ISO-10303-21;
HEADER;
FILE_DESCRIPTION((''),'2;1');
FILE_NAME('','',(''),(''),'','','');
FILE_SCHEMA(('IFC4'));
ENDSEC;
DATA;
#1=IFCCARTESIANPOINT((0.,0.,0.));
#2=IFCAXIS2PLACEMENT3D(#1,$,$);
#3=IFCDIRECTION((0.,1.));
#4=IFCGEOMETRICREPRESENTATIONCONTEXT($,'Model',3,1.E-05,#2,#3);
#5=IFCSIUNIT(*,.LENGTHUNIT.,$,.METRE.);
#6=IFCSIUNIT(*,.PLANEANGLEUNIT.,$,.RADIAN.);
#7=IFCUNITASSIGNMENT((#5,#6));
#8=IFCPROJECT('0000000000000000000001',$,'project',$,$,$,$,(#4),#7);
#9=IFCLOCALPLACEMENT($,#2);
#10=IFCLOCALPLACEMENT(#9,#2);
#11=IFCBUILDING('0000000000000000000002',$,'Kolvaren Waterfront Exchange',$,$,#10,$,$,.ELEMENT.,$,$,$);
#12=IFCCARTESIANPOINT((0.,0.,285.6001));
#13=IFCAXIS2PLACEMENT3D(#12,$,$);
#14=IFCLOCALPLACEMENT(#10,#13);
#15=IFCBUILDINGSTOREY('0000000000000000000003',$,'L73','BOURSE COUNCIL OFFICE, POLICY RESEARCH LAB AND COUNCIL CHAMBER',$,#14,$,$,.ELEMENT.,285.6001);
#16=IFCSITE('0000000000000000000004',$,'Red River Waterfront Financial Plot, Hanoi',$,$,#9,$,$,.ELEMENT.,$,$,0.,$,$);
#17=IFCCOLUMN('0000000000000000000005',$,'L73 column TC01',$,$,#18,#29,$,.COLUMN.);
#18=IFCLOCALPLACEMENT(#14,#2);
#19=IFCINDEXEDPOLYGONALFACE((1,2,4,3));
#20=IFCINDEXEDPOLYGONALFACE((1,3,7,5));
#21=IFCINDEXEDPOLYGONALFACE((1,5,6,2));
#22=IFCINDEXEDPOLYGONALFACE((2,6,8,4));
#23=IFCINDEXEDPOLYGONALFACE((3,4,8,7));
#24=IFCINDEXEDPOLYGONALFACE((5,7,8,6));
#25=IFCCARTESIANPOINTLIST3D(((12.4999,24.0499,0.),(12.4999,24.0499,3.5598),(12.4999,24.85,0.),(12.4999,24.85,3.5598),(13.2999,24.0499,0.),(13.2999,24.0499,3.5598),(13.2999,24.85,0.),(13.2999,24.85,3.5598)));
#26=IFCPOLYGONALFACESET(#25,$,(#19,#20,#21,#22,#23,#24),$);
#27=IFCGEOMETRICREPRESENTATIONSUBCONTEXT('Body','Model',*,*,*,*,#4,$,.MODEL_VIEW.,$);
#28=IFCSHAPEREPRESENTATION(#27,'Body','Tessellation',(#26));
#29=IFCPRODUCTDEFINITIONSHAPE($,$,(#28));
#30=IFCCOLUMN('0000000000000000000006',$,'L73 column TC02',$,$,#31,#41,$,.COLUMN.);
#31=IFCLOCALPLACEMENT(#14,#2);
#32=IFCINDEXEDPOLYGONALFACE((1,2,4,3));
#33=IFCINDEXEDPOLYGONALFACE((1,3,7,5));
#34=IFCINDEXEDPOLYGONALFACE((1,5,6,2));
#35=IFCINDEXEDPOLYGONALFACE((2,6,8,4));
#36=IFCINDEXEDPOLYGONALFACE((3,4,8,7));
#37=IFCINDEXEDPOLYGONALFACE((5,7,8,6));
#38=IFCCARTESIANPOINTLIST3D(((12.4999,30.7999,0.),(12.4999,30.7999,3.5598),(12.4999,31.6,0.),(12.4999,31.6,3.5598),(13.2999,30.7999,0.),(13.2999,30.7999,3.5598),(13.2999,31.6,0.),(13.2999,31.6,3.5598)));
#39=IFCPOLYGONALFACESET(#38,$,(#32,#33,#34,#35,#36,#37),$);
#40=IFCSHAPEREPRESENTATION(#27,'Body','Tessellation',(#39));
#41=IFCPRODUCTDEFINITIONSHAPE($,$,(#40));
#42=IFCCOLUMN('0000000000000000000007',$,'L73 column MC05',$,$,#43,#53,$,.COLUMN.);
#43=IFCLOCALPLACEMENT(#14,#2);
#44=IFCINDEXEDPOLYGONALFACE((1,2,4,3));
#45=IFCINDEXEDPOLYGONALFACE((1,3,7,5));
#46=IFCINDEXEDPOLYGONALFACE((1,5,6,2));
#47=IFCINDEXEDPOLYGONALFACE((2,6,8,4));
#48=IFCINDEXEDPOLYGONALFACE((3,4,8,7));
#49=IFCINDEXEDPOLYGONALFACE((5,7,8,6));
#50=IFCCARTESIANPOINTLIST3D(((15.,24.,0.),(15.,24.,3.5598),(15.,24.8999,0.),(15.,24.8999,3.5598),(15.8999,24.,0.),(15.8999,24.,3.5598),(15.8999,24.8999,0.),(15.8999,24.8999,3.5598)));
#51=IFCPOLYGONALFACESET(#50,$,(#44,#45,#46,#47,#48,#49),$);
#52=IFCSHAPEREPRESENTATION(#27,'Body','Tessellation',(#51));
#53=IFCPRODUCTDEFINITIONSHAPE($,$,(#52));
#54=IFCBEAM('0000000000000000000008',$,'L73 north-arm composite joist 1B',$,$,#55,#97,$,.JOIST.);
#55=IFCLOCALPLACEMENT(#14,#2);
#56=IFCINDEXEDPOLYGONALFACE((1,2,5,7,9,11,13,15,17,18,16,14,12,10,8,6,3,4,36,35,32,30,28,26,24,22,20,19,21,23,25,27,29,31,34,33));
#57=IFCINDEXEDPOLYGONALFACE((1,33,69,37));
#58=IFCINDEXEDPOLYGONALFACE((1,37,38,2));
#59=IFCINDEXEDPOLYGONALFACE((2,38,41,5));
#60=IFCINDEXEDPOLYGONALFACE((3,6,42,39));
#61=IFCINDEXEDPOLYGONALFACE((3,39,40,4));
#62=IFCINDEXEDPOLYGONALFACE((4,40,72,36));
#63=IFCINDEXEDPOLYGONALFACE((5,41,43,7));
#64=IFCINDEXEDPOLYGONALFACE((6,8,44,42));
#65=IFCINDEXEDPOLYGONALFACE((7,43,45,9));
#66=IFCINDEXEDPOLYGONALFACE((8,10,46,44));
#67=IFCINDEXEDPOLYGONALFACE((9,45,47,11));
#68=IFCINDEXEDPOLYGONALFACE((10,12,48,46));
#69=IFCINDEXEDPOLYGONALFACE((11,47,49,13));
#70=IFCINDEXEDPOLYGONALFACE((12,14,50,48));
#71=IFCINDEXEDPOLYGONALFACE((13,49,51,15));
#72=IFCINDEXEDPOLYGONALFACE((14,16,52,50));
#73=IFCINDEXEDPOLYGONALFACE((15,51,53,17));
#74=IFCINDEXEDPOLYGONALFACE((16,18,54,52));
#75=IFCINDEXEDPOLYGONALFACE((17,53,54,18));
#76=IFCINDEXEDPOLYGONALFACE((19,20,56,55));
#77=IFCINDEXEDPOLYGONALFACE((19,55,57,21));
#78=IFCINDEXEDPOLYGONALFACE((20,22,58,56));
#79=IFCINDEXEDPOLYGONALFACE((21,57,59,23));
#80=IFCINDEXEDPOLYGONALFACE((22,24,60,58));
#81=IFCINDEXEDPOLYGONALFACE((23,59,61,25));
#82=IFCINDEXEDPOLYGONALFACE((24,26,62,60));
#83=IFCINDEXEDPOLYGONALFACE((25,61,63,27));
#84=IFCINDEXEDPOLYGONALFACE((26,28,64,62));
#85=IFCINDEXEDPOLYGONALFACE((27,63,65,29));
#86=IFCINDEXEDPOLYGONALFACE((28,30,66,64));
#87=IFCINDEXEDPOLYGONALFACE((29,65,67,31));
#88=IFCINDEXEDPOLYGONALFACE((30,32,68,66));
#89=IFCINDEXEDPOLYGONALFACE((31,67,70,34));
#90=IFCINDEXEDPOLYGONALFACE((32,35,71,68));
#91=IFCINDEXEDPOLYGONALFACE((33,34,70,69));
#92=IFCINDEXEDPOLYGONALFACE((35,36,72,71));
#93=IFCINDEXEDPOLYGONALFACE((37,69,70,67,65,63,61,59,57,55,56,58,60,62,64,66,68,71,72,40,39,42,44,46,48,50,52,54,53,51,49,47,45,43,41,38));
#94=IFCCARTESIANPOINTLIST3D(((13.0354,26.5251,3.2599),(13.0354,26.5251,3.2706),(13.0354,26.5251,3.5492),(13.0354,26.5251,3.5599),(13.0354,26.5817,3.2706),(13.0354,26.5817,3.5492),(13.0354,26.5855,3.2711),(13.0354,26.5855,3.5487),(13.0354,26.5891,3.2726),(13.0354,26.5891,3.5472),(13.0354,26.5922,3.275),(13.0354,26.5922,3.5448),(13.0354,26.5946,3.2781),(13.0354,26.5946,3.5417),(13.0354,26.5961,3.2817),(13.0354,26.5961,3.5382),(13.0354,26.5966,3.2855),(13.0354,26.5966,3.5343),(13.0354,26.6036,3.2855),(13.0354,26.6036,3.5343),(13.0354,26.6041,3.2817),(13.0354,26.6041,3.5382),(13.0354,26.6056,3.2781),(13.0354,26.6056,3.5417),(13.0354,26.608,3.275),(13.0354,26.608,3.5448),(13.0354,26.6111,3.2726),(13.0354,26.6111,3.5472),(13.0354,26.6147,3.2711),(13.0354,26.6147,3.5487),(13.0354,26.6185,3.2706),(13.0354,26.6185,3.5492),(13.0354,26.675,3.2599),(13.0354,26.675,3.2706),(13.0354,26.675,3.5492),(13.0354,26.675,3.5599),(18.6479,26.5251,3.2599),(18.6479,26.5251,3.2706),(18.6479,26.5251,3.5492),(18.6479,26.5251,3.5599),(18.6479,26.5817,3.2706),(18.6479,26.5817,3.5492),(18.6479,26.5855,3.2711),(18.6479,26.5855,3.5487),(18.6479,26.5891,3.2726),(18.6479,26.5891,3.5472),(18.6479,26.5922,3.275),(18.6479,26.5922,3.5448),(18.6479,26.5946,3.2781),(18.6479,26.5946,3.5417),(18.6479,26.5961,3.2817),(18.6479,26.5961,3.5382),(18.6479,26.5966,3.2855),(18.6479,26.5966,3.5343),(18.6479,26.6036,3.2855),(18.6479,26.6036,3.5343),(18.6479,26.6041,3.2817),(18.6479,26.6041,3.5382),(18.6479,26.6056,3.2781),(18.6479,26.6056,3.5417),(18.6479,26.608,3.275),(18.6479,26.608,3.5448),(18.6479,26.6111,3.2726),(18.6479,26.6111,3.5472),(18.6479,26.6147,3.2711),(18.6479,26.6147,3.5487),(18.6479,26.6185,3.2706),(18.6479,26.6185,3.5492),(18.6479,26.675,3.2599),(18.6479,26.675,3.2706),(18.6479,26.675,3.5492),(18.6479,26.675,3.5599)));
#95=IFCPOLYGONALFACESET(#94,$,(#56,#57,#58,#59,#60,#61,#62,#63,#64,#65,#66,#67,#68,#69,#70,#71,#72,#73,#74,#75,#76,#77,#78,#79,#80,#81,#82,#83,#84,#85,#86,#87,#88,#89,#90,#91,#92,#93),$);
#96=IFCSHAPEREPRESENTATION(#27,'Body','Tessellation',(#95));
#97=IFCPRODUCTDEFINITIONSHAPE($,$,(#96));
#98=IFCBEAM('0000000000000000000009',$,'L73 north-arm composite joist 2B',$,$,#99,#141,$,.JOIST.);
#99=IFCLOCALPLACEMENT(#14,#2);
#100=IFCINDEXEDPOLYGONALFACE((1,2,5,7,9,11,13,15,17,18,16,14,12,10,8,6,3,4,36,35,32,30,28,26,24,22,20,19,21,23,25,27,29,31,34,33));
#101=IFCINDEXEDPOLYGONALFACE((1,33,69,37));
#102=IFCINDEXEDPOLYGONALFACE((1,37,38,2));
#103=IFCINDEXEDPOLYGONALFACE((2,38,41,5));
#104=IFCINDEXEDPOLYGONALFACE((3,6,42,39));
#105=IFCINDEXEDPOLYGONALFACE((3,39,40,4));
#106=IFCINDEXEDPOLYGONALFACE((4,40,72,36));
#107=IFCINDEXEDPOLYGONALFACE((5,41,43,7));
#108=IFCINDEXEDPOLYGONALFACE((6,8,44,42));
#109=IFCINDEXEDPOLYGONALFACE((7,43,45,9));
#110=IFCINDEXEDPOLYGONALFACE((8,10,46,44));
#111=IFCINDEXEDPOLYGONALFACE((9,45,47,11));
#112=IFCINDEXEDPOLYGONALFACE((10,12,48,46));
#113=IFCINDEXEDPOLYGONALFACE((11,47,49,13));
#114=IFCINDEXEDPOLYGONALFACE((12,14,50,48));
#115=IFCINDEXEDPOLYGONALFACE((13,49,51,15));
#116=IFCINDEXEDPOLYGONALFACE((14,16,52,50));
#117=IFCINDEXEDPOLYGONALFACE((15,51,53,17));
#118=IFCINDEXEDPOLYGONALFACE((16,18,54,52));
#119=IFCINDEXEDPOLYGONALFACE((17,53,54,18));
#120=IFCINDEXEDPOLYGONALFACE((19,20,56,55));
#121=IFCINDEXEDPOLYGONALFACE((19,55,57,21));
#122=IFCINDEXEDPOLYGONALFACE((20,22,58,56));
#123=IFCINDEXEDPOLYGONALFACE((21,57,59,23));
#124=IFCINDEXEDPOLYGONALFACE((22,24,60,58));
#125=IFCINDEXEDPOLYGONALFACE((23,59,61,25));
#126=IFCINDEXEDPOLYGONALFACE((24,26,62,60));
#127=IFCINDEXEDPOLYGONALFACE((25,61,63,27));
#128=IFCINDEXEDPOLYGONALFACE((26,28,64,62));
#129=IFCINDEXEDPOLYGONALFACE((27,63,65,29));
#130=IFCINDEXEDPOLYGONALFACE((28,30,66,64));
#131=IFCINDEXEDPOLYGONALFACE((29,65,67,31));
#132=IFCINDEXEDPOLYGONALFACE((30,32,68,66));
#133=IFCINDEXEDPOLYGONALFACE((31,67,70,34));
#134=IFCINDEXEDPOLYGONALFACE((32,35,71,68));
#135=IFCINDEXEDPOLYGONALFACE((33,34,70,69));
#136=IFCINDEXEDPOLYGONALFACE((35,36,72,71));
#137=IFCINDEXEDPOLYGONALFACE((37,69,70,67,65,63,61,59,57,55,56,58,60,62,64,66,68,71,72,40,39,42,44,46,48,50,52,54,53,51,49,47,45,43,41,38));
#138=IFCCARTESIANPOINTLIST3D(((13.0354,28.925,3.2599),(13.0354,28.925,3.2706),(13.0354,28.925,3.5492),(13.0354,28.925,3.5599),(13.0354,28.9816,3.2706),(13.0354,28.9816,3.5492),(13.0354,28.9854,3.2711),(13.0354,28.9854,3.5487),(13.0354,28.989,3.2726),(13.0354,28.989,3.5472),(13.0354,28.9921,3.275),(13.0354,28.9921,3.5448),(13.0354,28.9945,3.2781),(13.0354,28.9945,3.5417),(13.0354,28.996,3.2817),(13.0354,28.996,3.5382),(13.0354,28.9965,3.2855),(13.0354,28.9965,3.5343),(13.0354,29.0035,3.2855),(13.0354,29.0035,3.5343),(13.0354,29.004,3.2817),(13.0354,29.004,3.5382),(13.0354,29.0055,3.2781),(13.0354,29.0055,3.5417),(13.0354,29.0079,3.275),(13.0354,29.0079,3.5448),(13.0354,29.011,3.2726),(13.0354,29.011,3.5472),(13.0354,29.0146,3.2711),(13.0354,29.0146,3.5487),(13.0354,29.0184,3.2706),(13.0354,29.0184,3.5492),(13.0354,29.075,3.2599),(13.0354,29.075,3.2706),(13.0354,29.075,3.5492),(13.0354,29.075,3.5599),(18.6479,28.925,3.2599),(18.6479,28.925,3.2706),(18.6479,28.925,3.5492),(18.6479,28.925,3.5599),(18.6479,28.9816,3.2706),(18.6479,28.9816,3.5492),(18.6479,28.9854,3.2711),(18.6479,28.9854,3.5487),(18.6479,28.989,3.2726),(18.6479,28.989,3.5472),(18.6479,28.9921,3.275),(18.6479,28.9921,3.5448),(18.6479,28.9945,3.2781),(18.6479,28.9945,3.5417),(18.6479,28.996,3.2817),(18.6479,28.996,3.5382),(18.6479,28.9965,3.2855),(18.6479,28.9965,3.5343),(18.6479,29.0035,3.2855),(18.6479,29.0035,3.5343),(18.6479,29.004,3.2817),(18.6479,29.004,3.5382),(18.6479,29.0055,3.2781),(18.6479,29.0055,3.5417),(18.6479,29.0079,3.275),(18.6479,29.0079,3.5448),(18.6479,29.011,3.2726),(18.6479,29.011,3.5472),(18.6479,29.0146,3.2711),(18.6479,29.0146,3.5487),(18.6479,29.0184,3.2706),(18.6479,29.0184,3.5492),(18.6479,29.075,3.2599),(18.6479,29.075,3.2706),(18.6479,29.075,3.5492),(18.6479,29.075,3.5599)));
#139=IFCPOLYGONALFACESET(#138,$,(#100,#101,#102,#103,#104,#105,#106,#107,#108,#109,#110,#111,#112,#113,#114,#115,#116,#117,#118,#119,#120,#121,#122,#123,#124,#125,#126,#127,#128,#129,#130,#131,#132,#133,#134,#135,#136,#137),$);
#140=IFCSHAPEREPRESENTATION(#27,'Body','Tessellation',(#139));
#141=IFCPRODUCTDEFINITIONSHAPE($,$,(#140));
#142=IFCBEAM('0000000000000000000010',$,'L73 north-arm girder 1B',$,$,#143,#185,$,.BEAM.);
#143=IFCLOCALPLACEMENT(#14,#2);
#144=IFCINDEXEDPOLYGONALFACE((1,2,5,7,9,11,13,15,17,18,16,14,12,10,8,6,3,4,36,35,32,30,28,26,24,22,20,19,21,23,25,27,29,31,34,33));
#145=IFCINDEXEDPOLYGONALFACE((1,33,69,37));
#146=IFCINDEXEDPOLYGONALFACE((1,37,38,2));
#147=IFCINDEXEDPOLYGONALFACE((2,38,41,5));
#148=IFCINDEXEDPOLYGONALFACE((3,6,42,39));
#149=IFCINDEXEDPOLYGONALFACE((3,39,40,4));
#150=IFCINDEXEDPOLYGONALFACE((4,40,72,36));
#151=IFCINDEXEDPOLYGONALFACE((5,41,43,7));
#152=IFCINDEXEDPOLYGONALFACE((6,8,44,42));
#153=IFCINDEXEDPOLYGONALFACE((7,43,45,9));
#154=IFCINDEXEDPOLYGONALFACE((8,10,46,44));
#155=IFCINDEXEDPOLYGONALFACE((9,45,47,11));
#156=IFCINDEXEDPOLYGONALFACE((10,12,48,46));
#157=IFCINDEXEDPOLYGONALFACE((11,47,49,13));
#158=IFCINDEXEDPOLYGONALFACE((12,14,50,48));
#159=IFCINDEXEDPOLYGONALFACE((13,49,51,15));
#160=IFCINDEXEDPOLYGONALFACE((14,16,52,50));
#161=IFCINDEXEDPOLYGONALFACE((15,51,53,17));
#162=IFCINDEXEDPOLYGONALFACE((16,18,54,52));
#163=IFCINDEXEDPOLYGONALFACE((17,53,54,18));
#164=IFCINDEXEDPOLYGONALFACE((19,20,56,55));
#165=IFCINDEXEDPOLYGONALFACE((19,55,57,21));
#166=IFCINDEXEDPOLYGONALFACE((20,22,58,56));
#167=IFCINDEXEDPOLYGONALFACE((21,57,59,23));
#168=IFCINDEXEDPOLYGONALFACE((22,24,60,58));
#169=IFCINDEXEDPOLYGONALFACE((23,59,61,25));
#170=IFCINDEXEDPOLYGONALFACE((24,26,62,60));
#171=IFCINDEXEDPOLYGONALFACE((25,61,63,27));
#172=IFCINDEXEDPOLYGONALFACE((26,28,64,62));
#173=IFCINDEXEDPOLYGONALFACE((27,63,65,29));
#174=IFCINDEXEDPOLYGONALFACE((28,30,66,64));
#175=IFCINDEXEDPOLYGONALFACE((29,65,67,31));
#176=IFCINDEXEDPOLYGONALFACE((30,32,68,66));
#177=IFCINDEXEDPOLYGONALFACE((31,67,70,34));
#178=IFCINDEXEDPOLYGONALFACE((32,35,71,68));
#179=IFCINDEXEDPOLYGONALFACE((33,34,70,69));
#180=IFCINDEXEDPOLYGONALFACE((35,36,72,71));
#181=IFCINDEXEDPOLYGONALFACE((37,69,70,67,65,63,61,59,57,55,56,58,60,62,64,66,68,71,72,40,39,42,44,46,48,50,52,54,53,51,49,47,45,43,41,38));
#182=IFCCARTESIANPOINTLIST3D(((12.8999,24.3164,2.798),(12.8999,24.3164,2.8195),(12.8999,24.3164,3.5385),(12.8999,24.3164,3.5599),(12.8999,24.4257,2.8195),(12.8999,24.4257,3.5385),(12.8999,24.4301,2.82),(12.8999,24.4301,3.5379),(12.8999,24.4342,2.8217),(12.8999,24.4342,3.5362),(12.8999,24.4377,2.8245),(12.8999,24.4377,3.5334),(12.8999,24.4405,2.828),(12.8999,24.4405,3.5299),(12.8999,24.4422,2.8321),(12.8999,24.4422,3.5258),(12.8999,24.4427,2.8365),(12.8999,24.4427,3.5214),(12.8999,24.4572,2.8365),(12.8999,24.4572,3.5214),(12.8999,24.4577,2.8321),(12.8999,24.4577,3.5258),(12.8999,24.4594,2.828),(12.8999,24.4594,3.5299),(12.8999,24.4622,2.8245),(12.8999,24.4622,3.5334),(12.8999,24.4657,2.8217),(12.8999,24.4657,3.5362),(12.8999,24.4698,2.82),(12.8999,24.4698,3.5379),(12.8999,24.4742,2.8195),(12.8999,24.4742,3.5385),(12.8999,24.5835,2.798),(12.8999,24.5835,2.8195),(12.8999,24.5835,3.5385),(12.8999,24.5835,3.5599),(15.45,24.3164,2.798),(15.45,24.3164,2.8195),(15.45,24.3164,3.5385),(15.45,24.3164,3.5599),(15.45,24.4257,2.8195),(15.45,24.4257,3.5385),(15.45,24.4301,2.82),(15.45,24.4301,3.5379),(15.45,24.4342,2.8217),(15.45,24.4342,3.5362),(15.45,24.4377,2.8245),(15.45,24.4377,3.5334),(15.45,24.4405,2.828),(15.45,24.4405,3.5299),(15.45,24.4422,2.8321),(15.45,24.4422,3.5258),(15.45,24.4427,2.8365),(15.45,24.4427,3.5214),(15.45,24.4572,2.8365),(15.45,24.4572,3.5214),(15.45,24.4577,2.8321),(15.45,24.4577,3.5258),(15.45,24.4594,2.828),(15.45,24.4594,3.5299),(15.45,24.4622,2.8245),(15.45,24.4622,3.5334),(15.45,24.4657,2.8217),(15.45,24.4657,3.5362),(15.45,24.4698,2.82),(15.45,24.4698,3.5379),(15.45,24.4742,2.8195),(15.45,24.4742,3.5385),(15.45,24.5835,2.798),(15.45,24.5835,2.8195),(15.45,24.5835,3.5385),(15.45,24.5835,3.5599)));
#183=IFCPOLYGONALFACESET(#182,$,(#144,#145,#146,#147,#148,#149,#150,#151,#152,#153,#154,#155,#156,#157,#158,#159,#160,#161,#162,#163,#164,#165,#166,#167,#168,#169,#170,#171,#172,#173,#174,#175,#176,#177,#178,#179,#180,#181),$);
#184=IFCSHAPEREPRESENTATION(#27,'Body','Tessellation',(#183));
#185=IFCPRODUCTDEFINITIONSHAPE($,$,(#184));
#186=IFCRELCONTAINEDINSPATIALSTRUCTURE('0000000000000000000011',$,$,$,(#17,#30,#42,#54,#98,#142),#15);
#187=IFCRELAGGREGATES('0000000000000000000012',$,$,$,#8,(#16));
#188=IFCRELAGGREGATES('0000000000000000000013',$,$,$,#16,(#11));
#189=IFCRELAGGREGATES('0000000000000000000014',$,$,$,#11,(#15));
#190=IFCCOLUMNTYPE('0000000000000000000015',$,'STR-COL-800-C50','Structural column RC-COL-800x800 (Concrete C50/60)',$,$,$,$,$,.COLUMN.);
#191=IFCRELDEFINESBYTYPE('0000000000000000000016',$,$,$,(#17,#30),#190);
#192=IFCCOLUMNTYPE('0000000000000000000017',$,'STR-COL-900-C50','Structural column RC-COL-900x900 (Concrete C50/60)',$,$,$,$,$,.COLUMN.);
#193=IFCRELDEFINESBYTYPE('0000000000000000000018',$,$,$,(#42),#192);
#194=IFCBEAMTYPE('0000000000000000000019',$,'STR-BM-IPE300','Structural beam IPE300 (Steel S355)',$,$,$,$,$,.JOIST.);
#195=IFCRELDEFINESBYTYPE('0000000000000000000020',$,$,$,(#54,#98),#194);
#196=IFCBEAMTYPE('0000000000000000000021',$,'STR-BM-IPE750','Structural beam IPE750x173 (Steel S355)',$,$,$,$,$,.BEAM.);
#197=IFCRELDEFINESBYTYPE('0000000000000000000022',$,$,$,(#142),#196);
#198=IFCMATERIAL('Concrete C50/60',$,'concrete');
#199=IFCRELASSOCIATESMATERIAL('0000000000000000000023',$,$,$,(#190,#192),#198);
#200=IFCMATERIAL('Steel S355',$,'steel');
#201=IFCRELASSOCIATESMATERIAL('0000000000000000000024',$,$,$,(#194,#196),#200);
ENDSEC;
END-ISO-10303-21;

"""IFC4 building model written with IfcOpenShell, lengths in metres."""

from ifc_helpers import new_model, si_unit, direction, frame, origin, origin_2d, place, context, subcontext, project, spatial, rectangle, i_section, extrude, material, material_profile, profile_set, type_object, element, save


model = new_model("IFC4")

# Units and contexts
model_context = context("Model", 3, precision=1e-05, world=origin(), true_north=direction((0.0, 1.0)))
body_context = subcontext(model_context, "Body", "Model", "MODEL_VIEW")
ifc_project = project(units=[si_unit("LENGTHUNIT", "METRE"), si_unit("PLANEANGLEUNIT", "RADIAN")], contexts=[model_context])

# Site, building, storey
site_placement = place(None, origin())
site = spatial("IfcSite", under=ifc_project, at=site_placement, Name="Red River Waterfront Financial Plot, Hanoi", CompositionType="ELEMENT", RefElevation=0.0)
building_placement = place(site_placement, origin())
building = spatial("IfcBuilding", under=site, at=building_placement, Name="Kolvaren Waterfront Exchange", CompositionType="ELEMENT")
storey_placement = place(building_placement, frame((0.0, 0.0, 285.6001)))
storey = spatial("IfcBuildingStorey", under=building, at=storey_placement, Name="L73", Description="BOURSE COUNCIL OFFICE, POLICY RESEARCH LAB AND COUNCIL CHAMBER", CompositionType="ELEMENT", Elevation=285.6001)

# Columns
ifc_material_1 = material(Name="Concrete C50/60", Category="concrete")
ifc_material_profile_1 = material_profile(ifc_material_1, rectangle(XDim=0.8, YDim=0.8, at=origin_2d()), Name="RC-COL-800x800")
ifc_profile_set_1 = profile_set([ifc_material_profile_1], Name="Concrete C50/60")
column_type_1 = type_object("IfcColumnType", Name="STR-COL-800-C50", Description="Structural column RC-COL-800x800 (Concrete C50/60)", PredefinedType="COLUMN", material=ifc_profile_set_1)
for number, where, z_axis, x_axis, name in (
    (1, (12.8999, 24.45, 0.0), (0.0, 0.0, 1.0), (1.0, 0.0, 0.0), "L73 column TC01"),
    (2, (12.8999, 31.2, 0.0), (0.0, 0.0, 1.0), (1.0, 0.0, 0.0), "L73 column TC02"),
):
    element("IfcColumn", number, at=place(storey_placement, frame(where, z_axis=z_axis, x_axis=x_axis)), inside=storey, type_object=column_type_1, Name=name, PredefinedType="COLUMN", context=body_context, shape_type="SweptSolid", body=[
        extrude(rectangle(XDim=0.8, YDim=0.8, at=origin_2d()), origin(), (0.0, 0.0, 1.0), 3.5598),
    ])
ifc_material_profile_2 = material_profile(ifc_material_1, rectangle(XDim=0.8999, YDim=0.8999, at=origin_2d()), Name="RC-COL-900x900")
ifc_profile_set_2 = profile_set([ifc_material_profile_2], Name="Concrete C50/60")
column_type_2 = type_object("IfcColumnType", Name="STR-COL-900-C50", Description="Structural column RC-COL-900x900 (Concrete C50/60)", PredefinedType="COLUMN", material=ifc_profile_set_2)
column_placement = place(storey_placement, frame((15.45, 24.45, 0.0), z_axis=(0.0, 0.0, 1.0), x_axis=(1.0, 0.0, 0.0)))
element("IfcColumn", 3, at=column_placement, inside=storey, type_object=column_type_2, Name="L73 column MC05", PredefinedType="COLUMN", context=body_context, shape_type="SweptSolid", body=[
    extrude(rectangle(XDim=0.8999, YDim=0.8999, at=origin_2d()), origin(), (0.0, 0.0, 1.0), 3.5598),
])

# Beams
ifc_material_2 = material(Name="Steel S355", Category="steel")
ifc_material_profile_3 = material_profile(ifc_material_2, i_section(OverallWidth=0.1499, OverallDepth=0.3, WebThickness=0.0071, FlangeThickness=0.0107, FilletRadius=0.0149, at=origin_2d()), Name="IPE300")
ifc_profile_set_3 = profile_set([ifc_material_profile_3], Name="Steel S355")
beam_type_1 = type_object("IfcBeamType", Name="STR-BM-IPE300", Description="Structural beam IPE300 (Steel S355)", PredefinedType="JOIST", material=ifc_profile_set_3)
for number, where, z_axis, x_axis, name in (
    (4, (13.0354, 26.6001, 3.4099), (1.0, 0.0, 0.0), (0.0, 1.0, 0.0), "L73 north-arm composite joist 1B"),
    (5, (13.0354, 29.0, 3.4099), (1.0, 0.0, 0.0), (0.0, 1.0, 0.0), "L73 north-arm composite joist 2B"),
):
    element("IfcBeam", number, at=place(storey_placement, frame(where, z_axis=z_axis, x_axis=x_axis)), inside=storey, type_object=beam_type_1, Name=name, PredefinedType="JOIST", context=body_context, shape_type="SweptSolid", body=[
        extrude(i_section(OverallWidth=0.1499, OverallDepth=0.3, WebThickness=0.0071, FlangeThickness=0.0107, FilletRadius=0.0149, at=origin_2d()), origin(), (0.0, 0.0, 1.0), 5.6125),
    ])
ifc_material_profile_4 = material_profile(ifc_material_2, i_section(OverallWidth=0.2671, OverallDepth=0.762, WebThickness=0.0144, FlangeThickness=0.0215, FilletRadius=0.0171, at=origin_2d()), Name="IPE750x173")
ifc_profile_set_4 = profile_set([ifc_material_profile_4], Name="Steel S355")
beam_type_2 = type_object("IfcBeamType", Name="STR-BM-IPE750", Description="Structural beam IPE750x173 (Steel S355)", PredefinedType="BEAM", material=ifc_profile_set_4)
beam_1_placement = place(storey_placement, frame((12.8999, 24.45, 3.179), z_axis=(1.0, 0.0, 0.0), x_axis=(0.0, 1.0, 0.0)))
element("IfcBeam", 6, at=beam_1_placement, inside=storey, type_object=beam_type_2, Name="L73 north-arm girder 1B", PredefinedType="BEAM", context=body_context, shape_type="SweptSolid", body=[
    extrude(i_section(OverallWidth=0.2671, OverallDepth=0.762, WebThickness=0.0144, FlangeThickness=0.0215, FilletRadius=0.0171, at=origin_2d()), origin(), (0.0, 0.0, 1.0), 2.55),
])

save(model, "model.ifc")
